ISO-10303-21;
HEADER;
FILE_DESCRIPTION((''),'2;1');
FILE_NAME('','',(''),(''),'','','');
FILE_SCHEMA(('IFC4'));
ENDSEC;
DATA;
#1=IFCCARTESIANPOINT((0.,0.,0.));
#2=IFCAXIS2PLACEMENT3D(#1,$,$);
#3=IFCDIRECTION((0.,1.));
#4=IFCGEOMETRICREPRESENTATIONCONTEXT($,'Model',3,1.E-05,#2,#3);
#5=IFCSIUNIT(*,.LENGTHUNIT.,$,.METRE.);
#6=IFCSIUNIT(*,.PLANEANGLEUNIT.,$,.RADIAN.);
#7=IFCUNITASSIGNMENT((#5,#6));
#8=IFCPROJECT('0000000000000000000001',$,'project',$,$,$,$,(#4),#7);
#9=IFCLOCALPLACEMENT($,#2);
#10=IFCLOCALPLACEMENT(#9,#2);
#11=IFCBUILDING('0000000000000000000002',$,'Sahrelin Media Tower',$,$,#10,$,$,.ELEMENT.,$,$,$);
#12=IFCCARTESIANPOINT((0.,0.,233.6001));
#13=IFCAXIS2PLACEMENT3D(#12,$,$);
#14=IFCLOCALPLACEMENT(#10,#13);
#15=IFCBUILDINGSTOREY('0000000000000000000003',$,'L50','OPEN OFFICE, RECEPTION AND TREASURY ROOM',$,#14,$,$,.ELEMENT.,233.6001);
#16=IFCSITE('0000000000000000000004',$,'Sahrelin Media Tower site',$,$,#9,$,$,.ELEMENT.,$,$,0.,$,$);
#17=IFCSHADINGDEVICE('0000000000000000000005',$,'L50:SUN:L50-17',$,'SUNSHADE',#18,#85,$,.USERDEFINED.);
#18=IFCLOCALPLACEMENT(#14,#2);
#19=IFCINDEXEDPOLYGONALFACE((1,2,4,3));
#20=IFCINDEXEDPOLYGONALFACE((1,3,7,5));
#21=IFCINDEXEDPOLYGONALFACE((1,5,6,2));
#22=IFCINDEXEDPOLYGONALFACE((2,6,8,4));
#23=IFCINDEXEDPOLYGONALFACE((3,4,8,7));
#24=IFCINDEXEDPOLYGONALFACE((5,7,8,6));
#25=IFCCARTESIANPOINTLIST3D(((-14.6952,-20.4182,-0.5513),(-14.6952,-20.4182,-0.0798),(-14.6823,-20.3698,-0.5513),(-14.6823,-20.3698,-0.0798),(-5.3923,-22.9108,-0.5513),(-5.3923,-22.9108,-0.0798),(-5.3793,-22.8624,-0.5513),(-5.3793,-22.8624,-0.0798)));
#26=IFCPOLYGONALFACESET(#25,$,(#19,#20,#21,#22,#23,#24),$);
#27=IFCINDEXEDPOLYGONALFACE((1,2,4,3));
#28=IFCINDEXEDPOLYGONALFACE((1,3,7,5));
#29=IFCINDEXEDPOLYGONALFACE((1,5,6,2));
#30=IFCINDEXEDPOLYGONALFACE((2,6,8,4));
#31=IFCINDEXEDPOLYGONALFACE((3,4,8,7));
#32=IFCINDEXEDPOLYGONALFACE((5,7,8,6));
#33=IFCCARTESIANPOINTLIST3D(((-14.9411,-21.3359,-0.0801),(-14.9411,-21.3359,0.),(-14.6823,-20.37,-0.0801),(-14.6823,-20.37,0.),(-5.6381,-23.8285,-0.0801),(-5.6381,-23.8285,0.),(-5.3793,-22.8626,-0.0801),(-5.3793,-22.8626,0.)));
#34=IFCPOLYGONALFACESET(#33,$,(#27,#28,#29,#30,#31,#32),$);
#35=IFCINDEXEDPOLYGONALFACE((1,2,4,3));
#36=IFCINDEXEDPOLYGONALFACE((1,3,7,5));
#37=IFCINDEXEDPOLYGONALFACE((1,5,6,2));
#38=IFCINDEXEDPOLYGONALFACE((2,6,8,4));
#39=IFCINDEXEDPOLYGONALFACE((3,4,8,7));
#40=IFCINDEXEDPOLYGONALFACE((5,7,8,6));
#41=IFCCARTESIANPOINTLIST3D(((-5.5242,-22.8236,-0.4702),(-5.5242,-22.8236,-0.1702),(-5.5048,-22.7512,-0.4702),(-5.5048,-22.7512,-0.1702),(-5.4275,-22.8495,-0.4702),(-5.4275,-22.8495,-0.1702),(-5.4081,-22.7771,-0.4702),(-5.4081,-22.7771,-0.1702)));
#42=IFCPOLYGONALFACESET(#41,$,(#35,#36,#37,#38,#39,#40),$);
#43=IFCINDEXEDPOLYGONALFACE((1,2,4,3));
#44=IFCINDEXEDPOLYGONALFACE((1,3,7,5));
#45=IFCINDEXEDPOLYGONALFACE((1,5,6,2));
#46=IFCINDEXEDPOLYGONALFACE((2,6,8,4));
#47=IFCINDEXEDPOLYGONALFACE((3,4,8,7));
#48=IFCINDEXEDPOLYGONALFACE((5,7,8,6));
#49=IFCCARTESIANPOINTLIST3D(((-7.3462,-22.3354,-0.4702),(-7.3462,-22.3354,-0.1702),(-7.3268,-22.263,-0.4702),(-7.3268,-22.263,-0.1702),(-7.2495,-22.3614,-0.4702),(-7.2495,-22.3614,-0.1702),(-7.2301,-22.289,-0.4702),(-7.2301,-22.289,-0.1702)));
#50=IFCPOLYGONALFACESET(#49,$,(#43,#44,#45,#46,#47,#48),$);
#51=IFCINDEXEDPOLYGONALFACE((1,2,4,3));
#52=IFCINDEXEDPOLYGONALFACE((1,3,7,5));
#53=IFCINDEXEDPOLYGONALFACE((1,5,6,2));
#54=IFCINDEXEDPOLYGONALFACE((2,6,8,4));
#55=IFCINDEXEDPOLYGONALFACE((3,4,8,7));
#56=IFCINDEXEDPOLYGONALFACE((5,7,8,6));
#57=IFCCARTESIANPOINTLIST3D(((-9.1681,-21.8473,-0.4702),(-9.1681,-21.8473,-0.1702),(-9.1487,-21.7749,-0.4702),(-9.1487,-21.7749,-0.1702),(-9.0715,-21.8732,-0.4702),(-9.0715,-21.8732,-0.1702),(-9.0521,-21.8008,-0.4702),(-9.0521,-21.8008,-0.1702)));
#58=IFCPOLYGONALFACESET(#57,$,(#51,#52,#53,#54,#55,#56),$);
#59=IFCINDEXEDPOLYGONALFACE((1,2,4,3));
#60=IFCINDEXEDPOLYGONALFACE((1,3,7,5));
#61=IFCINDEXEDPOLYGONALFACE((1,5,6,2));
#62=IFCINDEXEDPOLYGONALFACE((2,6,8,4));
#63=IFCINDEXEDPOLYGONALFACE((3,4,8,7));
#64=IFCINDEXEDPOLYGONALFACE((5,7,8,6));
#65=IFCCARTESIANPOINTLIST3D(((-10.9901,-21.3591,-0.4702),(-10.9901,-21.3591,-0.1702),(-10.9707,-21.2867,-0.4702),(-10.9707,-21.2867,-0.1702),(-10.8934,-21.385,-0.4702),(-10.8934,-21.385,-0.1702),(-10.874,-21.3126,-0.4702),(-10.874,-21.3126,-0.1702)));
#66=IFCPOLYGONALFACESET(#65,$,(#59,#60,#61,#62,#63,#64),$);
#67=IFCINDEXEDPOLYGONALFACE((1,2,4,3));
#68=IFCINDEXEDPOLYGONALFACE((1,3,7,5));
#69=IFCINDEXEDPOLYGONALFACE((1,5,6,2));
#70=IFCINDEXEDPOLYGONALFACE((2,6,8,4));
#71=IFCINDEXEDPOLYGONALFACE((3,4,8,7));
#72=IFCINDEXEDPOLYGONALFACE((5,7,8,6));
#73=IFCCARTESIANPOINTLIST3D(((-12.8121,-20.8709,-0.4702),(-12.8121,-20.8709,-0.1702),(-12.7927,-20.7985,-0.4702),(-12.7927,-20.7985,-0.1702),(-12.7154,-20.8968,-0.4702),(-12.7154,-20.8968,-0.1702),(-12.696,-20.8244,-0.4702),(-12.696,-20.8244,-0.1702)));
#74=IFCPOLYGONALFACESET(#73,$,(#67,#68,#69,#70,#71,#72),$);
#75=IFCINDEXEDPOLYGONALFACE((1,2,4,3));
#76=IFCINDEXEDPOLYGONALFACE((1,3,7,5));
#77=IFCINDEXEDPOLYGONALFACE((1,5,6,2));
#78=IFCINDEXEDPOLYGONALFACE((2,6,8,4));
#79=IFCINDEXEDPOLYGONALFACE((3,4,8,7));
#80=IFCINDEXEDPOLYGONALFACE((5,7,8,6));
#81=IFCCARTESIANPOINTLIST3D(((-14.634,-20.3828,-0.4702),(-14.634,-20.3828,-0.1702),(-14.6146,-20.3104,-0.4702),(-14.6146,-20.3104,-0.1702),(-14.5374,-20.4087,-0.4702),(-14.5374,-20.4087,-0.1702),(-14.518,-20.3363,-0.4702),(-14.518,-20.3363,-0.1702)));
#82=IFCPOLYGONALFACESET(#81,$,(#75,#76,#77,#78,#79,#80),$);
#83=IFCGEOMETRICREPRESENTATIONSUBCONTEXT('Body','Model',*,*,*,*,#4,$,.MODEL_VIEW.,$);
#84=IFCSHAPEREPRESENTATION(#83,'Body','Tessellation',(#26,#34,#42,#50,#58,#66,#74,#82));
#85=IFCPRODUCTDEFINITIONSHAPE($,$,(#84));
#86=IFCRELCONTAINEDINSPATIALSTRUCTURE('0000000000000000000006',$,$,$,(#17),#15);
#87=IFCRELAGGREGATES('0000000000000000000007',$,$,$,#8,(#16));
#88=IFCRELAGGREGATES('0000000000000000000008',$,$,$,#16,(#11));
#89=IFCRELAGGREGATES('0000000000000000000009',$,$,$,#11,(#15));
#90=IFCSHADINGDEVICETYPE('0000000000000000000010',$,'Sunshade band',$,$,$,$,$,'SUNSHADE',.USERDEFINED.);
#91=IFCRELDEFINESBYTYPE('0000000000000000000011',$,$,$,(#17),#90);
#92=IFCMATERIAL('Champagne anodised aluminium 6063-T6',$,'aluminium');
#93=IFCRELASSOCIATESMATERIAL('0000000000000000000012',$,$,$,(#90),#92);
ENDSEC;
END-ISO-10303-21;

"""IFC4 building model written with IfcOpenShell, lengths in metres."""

from ifc_helpers import new_model, si_unit, direction, frame, origin, origin_2d, place, context, subcontext, project, spatial, rectangle, extrude, material, type_object, element, save


model = new_model("IFC4")

# Units and contexts
model_context = context("Model", 3, precision=1e-05, world=origin(), true_north=direction((0.0, 1.0)))
body_context = subcontext(model_context, "Body", "Model", "MODEL_VIEW")
ifc_project = project(units=[si_unit("LENGTHUNIT", "METRE"), si_unit("PLANEANGLEUNIT", "RADIAN")], contexts=[model_context])

# Site, building, storey
site_placement = place(None, origin())
site = spatial("IfcSite", under=ifc_project, at=site_placement, Name="Sahrelin Media Tower site", CompositionType="ELEMENT", RefElevation=0.0)
building_placement = place(site_placement, origin())
building = spatial("IfcBuilding", under=site, at=building_placement, Name="Sahrelin Media Tower", CompositionType="ELEMENT")
storey_placement = place(building_placement, frame((0.0, 0.0, 233.6001)))
storey = spatial("IfcBuildingStorey", under=building, at=storey_placement, Name="L50", Description="OPEN OFFICE, RECEPTION AND TREASURY ROOM", CompositionType="ELEMENT", Elevation=233.6001)

# Shared definitions
ifc_material_1 = material(Name="Champagne anodised aluminium 6063-T6", Category="aluminium")

# Shading device
placement_1 = place(storey_placement, frame((-10.0256, -21.5969, 0.0), z_axis=(0.0, 0.0, 1.0), x_axis=(-0.965929, 0.258808, 0.0)))
shading_device_type_1 = type_object("IfcShadingDeviceType", Name="Sunshade band", ElementType="SUNSHADE", PredefinedType="USERDEFINED", material=ifc_material_1)
element("IfcShadingDevice", 1, at=placement_1, inside=storey, type_object=shading_device_type_1, Name="L50:SUN:L50-17", ObjectType="SUNSHADE", PredefinedType="USERDEFINED", context=body_context, shape_type="SweptSolid", body=[
    extrude(rectangle(XDim=9.6311, YDim=0.05, at=origin_2d()), frame((0.0, 0.0449, -0.5513)), (0.0, 0.0, 1.0), 0.4714),
    extrude(rectangle(XDim=9.6311, YDim=1.0, at=origin_2d()), frame((0.0, 0.52, -0.0801)), (0.0, 0.0, 1.0), 0.0801),
    extrude(rectangle(XDim=0.1001, YDim=0.075, at=origin_2d()), frame((-4.7156, -0.0176, -0.4702)), (0.0, 0.0, 1.0), 0.3),
    extrude(rectangle(XDim=0.1001, YDim=0.075, at=origin_2d()), frame((-2.8293, -0.0176, -0.4702)), (0.0, 0.0, 1.0), 0.3),
    extrude(rectangle(XDim=0.1001, YDim=0.075, at=origin_2d()), frame((-0.9431, -0.0176, -0.4702)), (0.0, 0.0, 1.0), 0.3),
    extrude(rectangle(XDim=0.1001, YDim=0.075, at=origin_2d()), frame((0.9431, -0.0176, -0.4702)), (0.0, 0.0, 1.0), 0.3),
    extrude(rectangle(XDim=0.1001, YDim=0.075, at=origin_2d()), frame((2.8293, -0.0176, -0.4702)), (0.0, 0.0, 1.0), 0.3),
    extrude(rectangle(XDim=0.1001, YDim=0.075, at=origin_2d()), frame((4.7156, -0.0176, -0.4702)), (0.0, 0.0, 1.0), 0.3),
])

save(model, "model.ifc")
